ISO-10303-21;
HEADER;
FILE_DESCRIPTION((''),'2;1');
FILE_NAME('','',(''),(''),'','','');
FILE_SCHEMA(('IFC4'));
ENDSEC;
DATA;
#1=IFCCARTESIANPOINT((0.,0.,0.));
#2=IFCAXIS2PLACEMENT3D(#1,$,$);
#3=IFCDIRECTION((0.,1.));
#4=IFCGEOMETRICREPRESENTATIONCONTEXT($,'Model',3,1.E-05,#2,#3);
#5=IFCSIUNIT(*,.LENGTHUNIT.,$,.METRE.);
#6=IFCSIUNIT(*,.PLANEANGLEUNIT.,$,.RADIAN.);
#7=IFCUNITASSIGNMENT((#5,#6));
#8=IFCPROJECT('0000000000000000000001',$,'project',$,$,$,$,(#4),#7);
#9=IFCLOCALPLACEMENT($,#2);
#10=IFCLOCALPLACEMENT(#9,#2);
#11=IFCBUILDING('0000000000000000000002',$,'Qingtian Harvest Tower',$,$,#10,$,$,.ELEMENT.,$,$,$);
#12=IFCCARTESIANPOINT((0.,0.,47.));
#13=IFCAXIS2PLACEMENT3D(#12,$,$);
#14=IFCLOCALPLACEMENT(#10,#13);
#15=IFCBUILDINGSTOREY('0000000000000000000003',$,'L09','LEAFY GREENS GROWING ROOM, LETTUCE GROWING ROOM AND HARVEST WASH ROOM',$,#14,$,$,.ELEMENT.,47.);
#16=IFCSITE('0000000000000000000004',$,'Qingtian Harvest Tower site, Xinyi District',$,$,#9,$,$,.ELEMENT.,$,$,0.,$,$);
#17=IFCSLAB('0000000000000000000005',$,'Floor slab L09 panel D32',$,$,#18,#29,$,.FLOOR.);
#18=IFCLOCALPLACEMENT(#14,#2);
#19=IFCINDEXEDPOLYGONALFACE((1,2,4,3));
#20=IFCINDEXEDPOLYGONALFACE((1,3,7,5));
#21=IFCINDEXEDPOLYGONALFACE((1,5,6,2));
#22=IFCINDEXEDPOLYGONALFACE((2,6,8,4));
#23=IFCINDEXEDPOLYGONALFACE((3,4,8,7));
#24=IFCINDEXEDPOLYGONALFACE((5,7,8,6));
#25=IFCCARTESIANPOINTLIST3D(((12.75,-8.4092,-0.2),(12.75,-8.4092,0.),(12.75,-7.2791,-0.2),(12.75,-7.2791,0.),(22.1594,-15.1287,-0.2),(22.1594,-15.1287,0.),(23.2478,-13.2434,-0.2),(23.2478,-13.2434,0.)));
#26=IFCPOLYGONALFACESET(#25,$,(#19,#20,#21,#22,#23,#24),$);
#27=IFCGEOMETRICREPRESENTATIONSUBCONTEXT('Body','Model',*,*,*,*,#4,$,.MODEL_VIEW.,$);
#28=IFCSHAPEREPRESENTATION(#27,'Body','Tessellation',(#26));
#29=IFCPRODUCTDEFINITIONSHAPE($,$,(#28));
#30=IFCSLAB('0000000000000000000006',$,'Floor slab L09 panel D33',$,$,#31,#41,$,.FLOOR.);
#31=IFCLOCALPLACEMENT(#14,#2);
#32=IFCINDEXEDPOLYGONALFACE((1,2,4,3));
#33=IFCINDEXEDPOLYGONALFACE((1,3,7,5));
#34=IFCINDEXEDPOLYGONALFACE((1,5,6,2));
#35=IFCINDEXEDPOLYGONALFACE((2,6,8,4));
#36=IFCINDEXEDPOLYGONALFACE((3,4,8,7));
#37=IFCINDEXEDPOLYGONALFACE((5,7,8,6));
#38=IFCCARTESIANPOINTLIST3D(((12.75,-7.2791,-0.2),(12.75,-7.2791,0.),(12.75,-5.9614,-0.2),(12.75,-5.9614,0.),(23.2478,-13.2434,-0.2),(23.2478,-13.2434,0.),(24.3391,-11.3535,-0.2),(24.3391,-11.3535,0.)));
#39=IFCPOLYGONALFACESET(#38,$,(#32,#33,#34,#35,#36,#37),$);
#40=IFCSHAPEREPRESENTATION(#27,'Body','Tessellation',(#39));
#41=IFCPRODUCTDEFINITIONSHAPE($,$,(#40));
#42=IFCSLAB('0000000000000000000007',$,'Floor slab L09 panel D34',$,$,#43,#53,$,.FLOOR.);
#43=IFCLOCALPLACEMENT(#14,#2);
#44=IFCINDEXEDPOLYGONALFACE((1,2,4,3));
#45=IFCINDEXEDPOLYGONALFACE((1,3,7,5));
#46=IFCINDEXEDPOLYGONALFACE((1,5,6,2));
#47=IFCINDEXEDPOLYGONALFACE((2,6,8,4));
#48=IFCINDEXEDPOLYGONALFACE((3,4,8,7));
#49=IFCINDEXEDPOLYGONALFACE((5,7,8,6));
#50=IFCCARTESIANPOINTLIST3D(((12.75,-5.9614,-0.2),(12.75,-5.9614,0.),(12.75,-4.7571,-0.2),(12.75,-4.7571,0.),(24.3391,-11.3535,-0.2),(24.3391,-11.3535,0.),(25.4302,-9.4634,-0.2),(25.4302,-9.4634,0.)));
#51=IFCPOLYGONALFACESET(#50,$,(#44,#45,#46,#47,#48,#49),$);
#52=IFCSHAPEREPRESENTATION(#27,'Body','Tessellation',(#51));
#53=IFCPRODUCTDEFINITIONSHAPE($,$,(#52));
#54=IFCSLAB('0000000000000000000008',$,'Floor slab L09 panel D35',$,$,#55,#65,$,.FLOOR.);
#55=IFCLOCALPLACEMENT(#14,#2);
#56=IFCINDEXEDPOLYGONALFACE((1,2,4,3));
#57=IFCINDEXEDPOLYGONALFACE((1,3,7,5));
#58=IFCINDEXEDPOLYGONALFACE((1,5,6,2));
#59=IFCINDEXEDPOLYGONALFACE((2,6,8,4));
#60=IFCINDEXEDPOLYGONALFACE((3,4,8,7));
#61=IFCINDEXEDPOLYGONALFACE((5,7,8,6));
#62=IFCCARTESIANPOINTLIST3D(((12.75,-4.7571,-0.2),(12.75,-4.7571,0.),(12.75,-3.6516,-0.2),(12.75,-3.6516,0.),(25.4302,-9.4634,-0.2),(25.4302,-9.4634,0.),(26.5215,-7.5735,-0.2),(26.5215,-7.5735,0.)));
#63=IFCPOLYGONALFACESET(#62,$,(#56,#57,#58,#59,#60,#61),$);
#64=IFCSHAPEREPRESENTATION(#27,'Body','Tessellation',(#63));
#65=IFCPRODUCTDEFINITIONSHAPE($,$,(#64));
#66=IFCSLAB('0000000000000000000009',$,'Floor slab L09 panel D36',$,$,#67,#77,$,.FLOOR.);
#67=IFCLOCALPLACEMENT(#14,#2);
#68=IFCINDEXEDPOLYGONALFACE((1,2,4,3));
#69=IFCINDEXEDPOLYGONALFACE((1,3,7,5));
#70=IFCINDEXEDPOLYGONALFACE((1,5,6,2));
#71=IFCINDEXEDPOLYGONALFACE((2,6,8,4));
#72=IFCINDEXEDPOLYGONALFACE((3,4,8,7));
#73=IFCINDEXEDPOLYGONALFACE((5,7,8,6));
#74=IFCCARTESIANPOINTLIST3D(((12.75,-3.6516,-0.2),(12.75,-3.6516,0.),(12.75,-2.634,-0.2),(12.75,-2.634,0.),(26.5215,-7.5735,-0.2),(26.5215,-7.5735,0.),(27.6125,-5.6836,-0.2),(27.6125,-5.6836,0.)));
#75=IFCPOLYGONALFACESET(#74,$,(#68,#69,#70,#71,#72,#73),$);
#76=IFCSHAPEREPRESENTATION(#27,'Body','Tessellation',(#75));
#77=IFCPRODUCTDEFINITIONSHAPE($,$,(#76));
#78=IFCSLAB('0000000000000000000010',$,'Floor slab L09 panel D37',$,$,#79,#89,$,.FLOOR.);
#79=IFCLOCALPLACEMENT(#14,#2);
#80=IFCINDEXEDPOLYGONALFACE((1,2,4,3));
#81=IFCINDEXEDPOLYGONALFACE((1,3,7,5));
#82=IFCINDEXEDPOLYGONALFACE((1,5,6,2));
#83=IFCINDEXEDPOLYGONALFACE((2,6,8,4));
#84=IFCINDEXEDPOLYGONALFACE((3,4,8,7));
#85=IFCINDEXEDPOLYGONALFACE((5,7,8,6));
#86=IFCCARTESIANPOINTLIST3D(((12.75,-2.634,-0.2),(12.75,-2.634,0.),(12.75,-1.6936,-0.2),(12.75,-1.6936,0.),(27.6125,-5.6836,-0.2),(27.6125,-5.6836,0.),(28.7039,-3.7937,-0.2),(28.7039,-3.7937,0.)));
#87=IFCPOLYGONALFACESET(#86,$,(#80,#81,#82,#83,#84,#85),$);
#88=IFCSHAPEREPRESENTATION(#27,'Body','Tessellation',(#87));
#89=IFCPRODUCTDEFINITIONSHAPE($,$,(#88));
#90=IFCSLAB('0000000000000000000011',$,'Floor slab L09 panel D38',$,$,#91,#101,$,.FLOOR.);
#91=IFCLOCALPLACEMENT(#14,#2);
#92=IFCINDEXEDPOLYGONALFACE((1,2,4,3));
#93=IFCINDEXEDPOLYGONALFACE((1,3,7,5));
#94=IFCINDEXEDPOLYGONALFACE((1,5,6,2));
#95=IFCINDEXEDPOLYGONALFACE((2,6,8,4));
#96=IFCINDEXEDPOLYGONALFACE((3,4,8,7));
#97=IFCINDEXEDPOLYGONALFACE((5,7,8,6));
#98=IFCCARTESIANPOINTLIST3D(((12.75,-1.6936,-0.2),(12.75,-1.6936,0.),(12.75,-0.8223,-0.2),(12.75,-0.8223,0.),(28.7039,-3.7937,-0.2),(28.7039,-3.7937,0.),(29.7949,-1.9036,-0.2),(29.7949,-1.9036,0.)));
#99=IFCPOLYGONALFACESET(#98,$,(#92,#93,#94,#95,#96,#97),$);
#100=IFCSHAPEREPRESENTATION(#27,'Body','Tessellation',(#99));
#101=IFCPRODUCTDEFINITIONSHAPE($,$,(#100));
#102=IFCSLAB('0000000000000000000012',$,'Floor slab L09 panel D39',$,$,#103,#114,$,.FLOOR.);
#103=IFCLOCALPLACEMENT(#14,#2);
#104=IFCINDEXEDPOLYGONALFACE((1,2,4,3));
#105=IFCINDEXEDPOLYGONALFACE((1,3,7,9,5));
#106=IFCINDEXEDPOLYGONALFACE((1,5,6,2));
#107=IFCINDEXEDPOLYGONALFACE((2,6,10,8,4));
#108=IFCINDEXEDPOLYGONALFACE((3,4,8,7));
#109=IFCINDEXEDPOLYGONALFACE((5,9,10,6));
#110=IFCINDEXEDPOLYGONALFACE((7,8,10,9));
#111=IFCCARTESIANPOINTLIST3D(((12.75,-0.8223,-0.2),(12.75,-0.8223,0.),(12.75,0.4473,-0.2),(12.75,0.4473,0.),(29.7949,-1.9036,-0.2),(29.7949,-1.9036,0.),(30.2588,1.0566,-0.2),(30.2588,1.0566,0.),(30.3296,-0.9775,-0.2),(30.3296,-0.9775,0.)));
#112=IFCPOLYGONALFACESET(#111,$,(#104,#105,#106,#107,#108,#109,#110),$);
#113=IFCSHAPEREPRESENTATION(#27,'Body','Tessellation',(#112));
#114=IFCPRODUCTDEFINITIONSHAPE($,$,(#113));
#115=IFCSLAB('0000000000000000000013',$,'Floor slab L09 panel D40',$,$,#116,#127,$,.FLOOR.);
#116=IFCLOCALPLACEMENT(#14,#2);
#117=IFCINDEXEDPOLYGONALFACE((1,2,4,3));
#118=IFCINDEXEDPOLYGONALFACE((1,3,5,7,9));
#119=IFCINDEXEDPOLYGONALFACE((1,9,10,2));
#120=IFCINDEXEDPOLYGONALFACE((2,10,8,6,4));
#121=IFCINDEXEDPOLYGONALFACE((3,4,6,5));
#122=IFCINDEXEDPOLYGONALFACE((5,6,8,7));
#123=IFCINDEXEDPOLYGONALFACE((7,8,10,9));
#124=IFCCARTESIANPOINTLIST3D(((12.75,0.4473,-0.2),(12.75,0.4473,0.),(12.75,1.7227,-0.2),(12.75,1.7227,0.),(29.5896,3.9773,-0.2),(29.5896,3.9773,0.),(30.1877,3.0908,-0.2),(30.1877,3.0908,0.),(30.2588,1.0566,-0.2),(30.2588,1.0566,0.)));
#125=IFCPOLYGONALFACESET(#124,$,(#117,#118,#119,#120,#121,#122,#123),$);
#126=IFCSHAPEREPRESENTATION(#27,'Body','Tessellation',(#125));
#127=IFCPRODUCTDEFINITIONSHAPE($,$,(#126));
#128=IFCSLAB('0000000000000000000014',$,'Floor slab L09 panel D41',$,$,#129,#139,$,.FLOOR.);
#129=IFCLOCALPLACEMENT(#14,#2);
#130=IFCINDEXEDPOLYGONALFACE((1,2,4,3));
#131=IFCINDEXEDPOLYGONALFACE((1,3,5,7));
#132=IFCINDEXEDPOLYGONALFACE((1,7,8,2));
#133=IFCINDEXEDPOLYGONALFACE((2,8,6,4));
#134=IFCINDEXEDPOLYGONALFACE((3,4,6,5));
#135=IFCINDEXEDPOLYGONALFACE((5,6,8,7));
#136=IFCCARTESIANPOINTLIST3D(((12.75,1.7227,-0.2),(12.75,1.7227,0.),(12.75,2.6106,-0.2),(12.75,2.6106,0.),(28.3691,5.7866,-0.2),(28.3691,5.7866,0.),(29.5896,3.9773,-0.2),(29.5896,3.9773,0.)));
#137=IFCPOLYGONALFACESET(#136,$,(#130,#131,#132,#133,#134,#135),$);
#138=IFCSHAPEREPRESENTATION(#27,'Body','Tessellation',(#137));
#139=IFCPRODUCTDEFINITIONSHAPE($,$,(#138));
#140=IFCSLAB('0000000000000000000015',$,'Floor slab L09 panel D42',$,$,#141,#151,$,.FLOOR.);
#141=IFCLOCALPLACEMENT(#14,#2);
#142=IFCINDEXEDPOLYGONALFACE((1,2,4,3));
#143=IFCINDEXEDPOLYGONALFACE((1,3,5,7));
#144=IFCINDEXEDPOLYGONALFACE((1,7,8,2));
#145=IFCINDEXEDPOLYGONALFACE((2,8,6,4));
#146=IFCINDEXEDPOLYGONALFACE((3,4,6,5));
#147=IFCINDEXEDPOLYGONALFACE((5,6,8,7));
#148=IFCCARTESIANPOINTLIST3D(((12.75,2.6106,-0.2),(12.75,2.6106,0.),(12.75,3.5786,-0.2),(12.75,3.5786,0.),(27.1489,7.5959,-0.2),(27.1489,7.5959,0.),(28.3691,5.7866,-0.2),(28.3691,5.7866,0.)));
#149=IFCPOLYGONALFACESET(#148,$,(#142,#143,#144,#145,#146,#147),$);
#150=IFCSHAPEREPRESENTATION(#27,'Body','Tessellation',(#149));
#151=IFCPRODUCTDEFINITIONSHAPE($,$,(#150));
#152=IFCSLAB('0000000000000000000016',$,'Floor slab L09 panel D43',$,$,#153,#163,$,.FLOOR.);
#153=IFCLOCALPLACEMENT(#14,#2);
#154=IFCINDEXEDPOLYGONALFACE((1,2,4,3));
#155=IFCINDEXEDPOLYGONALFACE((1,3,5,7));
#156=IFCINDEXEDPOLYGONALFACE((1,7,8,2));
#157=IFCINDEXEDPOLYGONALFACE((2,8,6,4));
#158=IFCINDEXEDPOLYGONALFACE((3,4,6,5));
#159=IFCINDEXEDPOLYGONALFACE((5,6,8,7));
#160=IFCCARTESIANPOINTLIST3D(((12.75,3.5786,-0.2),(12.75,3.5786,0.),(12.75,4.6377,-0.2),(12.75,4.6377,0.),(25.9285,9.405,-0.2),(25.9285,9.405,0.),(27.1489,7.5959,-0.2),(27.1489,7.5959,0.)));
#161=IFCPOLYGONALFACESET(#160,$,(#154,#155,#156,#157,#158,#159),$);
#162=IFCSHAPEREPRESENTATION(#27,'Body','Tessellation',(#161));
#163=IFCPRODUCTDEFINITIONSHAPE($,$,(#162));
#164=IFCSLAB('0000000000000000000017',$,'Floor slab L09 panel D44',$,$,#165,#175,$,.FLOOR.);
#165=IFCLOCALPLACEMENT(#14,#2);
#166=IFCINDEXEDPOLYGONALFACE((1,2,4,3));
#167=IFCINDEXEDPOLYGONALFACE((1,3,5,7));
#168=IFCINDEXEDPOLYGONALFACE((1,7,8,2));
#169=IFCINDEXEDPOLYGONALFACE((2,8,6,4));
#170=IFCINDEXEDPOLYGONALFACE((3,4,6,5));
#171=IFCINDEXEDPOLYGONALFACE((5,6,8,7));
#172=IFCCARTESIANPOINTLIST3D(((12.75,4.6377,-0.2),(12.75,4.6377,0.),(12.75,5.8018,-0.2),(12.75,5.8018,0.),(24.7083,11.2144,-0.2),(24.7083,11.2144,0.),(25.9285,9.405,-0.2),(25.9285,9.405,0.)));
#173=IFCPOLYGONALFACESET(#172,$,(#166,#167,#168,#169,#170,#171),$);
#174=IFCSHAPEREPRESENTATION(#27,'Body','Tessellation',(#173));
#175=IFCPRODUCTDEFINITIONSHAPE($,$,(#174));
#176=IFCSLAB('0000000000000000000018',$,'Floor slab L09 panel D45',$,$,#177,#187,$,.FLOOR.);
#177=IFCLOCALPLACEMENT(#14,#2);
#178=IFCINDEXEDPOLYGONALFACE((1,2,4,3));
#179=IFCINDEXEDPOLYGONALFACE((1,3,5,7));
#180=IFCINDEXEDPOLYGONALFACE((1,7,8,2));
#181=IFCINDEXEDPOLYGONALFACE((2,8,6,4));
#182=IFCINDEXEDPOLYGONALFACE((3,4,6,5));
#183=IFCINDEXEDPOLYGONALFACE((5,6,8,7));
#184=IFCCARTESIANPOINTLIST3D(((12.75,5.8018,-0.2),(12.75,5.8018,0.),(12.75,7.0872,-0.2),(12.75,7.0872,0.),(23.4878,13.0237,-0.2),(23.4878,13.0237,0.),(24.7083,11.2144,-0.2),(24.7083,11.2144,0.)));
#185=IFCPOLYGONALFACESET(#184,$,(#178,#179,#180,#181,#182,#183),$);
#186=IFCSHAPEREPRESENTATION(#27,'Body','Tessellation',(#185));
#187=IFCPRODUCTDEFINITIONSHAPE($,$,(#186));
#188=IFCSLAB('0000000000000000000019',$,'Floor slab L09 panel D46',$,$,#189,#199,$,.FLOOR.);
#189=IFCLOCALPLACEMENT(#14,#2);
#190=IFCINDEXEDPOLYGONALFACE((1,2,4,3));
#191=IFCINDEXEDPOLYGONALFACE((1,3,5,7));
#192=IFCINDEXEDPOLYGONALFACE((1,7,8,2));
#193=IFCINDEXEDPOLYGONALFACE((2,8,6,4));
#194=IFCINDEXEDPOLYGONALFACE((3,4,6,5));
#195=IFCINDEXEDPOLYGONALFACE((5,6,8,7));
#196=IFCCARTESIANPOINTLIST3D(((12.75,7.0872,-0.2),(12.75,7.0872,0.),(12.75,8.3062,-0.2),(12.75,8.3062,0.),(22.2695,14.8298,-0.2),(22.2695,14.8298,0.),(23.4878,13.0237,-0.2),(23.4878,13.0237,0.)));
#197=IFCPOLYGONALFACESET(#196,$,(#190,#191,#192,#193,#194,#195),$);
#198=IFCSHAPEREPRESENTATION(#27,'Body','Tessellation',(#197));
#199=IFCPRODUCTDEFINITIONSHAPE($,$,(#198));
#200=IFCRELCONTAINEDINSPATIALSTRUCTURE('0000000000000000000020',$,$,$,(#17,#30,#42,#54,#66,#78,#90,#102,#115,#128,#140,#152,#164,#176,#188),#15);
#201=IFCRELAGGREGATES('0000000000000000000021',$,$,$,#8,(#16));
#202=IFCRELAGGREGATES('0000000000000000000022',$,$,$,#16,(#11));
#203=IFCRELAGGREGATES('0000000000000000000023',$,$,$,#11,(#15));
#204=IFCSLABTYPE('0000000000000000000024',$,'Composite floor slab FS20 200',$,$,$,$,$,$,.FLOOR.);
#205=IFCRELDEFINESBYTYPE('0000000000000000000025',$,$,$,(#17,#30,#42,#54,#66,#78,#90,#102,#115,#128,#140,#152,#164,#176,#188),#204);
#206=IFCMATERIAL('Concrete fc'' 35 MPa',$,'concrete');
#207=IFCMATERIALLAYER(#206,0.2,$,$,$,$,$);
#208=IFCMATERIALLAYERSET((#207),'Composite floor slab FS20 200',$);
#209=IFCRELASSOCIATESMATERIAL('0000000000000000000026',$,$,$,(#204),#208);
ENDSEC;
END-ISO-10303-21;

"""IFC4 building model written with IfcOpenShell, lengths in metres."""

from ifc_helpers import new_model, si_unit, direction, frame, origin, place, context, subcontext, project, spatial, polyline, outline, extrude, material, layer, layer_set, type_object, element, save


model = new_model("IFC4")

# Units and contexts
model_context = context("Model", 3, precision=1e-05, world=origin(), true_north=direction((0.0, 1.0)))
body_context = subcontext(model_context, "Body", "Model", "MODEL_VIEW")
ifc_project = project(units=[si_unit("LENGTHUNIT", "METRE"), si_unit("PLANEANGLEUNIT", "RADIAN")], contexts=[model_context])

# Site, building, storey
site_placement = place(None, origin())
site = spatial("IfcSite", under=ifc_project, at=site_placement, Name="Qingtian Harvest Tower site, Xinyi District", CompositionType="ELEMENT", RefElevation=0.0)
building_placement = place(site_placement, origin())
building = spatial("IfcBuilding", under=site, at=building_placement, Name="Qingtian Harvest Tower", CompositionType="ELEMENT")
storey_placement = place(building_placement, frame((0.0, 0.0, 47.0)))
storey = spatial("IfcBuildingStorey", under=building, at=storey_placement, Name="L09", Description="LEAFY GREENS GROWING ROOM, LETTUCE GROWING ROOM AND HARVEST WASH ROOM", CompositionType="ELEMENT", Elevation=47.0)

# Slabs
ifc_material_1 = material(Name="Concrete fc' 35 MPa", Category="concrete")
ifc_layer_1 = layer(ifc_material_1, 0.2)
ifc_layer_set_1 = layer_set([ifc_layer_1], Name="Composite floor slab FS20 200")
slab_type = type_object("IfcSlabType", Name="Composite floor slab FS20 200", PredefinedType="FLOOR", material=ifc_layer_set_1)
slab_1_placement = place(storey_placement, frame((0.0, 0.0, -0.2)))
element("IfcSlab", 1, at=slab_1_placement, inside=storey, type_object=slab_type, Name="Floor slab L09 panel D32", PredefinedType="FLOOR", context=body_context, shape_type="SweptSolid", body=[
    extrude(outline(polyline([(12.75, -7.2791), (23.2478, -13.2434), (22.1594, -15.1287), (12.75, -8.4092), (12.75, -7.2791)])), origin(), (0.0, 0.0, 1.0), 0.2),
])
slab_2_placement = place(storey_placement, frame((0.0, 0.0, -0.2)))
element("IfcSlab", 2, at=slab_2_placement, inside=storey, type_object=slab_type, Name="Floor slab L09 panel D33", PredefinedType="FLOOR", context=body_context, shape_type="SweptSolid", body=[
    extrude(outline(polyline([(12.75, -5.9614), (24.3391, -11.3535), (23.2478, -13.2434), (12.75, -7.2791), (12.75, -5.9614)])), origin(), (0.0, 0.0, 1.0), 0.2),
])
slab_3_placement = place(storey_placement, frame((0.0, 0.0, -0.2)))
element("IfcSlab", 3, at=slab_3_placement, inside=storey, type_object=slab_type, Name="Floor slab L09 panel D34", PredefinedType="FLOOR", context=body_context, shape_type="SweptSolid", body=[
    extrude(outline(polyline([(12.75, -4.7571), (25.4302, -9.4634), (24.3391, -11.3535), (12.75, -5.9614), (12.75, -4.7571)])), origin(), (0.0, 0.0, 1.0), 0.2),
])
slab_4_placement = place(storey_placement, frame((0.0, 0.0, -0.2)))
element("IfcSlab", 4, at=slab_4_placement, inside=storey, type_object=slab_type, Name="Floor slab L09 panel D35", PredefinedType="FLOOR", context=body_context, shape_type="SweptSolid", body=[
    extrude(outline(polyline([(12.75, -3.6516), (26.5215, -7.5735), (25.4302, -9.4634), (12.75, -4.7571), (12.75, -3.6516)])), origin(), (0.0, 0.0, 1.0), 0.2),
])
slab_5_placement = place(storey_placement, frame((0.0, 0.0, -0.2)))
element("IfcSlab", 5, at=slab_5_placement, inside=storey, type_object=slab_type, Name="Floor slab L09 panel D36", PredefinedType="FLOOR", context=body_context, shape_type="SweptSolid", body=[
    extrude(outline(polyline([(12.75, -2.634), (27.6125, -5.6836), (26.5215, -7.5735), (12.75, -3.6516), (12.75, -2.634)])), origin(), (0.0, 0.0, 1.0), 0.2),
])
slab_6_placement = place(storey_placement, frame((0.0, 0.0, -0.2)))
element("IfcSlab", 6, at=slab_6_placement, inside=storey, type_object=slab_type, Name="Floor slab L09 panel D37", PredefinedType="FLOOR", context=body_context, shape_type="SweptSolid", body=[
    extrude(outline(polyline([(12.75, -1.6936), (28.7039, -3.7937), (27.6125, -5.6836), (12.75, -2.634), (12.75, -1.6936)])), origin(), (0.0, 0.0, 1.0), 0.2),
])
slab_7_placement = place(storey_placement, frame((0.0, 0.0, -0.2)))
element("IfcSlab", 7, at=slab_7_placement, inside=storey, type_object=slab_type, Name="Floor slab L09 panel D38", PredefinedType="FLOOR", context=body_context, shape_type="SweptSolid", body=[
    extrude(outline(polyline([(12.75, -0.8223), (29.7949, -1.9036), (28.7039, -3.7937), (12.75, -1.6936), (12.75, -0.8223)])), origin(), (0.0, 0.0, 1.0), 0.2),
])
slab_8_placement = place(storey_placement, frame((0.0, 0.0, -0.2)))
element("IfcSlab", 8, at=slab_8_placement, inside=storey, type_object=slab_type, Name="Floor slab L09 panel D39", PredefinedType="FLOOR", context=body_context, shape_type="SweptSolid", body=[
    extrude(outline(polyline([(12.75, -0.8223), (12.75, 0.4473), (30.2588, 1.0566), (30.3296, -0.9775), (29.7949, -1.9036), (12.75, -0.8223)])), origin(), (0.0, 0.0, 1.0), 0.2),
])
slab_9_placement = place(storey_placement, frame((0.0, 0.0, -0.2)))
element("IfcSlab", 9, at=slab_9_placement, inside=storey, type_object=slab_type, Name="Floor slab L09 panel D40", PredefinedType="FLOOR", context=body_context, shape_type="SweptSolid", body=[
    extrude(outline(polyline([(12.75, 0.4473), (12.75, 1.7227), (29.5896, 3.9773), (30.1877, 3.0908), (30.2588, 1.0566), (12.75, 0.4473)])), origin(), (0.0, 0.0, 1.0), 0.2),
])
slab_10_placement = place(storey_placement, frame((0.0, 0.0, -0.2)))
element("IfcSlab", 10, at=slab_10_placement, inside=storey, type_object=slab_type, Name="Floor slab L09 panel D41", PredefinedType="FLOOR", context=body_context, shape_type="SweptSolid", body=[
    extrude(outline(polyline([(12.75, 2.6106), (28.3691, 5.7866), (29.5896, 3.9773), (12.75, 1.7227), (12.75, 2.6106)])), origin(), (0.0, 0.0, 1.0), 0.2),
])
slab_11_placement = place(storey_placement, frame((0.0, 0.0, -0.2)))
element("IfcSlab", 11, at=slab_11_placement, inside=storey, type_object=slab_type, Name="Floor slab L09 panel D42", PredefinedType="FLOOR", context=body_context, shape_type="SweptSolid", body=[
    extrude(outline(polyline([(12.75, 3.5786), (27.1489, 7.5959), (28.3691, 5.7866), (12.75, 2.6106), (12.75, 3.5786)])), origin(), (0.0, 0.0, 1.0), 0.2),
])
slab_12_placement = place(storey_placement, frame((0.0, 0.0, -0.2)))
element("IfcSlab", 12, at=slab_12_placement, inside=storey, type_object=slab_type, Name="Floor slab L09 panel D43", PredefinedType="FLOOR", context=body_context, shape_type="SweptSolid", body=[
    extrude(outline(polyline([(12.75, 4.6377), (25.9285, 9.405), (27.1489, 7.5959), (12.75, 3.5786), (12.75, 4.6377)])), origin(), (0.0, 0.0, 1.0), 0.2),
])
slab_13_placement = place(storey_placement, frame((0.0, 0.0, -0.2)))
element("IfcSlab", 13, at=slab_13_placement, inside=storey, type_object=slab_type, Name="Floor slab L09 panel D44", PredefinedType="FLOOR", context=body_context, shape_type="SweptSolid", body=[
    extrude(outline(polyline([(12.75, 5.8018), (24.7083, 11.2144), (25.9285, 9.405), (12.75, 4.6377), (12.75, 5.8018)])), origin(), (0.0, 0.0, 1.0), 0.2),
])
slab_14_placement = place(storey_placement, frame((0.0, 0.0, -0.2)))
element("IfcSlab", 14, at=slab_14_placement, inside=storey, type_object=slab_type, Name="Floor slab L09 panel D45", PredefinedType="FLOOR", context=body_context, shape_type="SweptSolid", body=[
    extrude(outline(polyline([(12.75, 7.0872), (23.4878, 13.0237), (24.7083, 11.2144), (12.75, 5.8018), (12.75, 7.0872)])), origin(), (0.0, 0.0, 1.0), 0.2),
])
slab_15_placement = place(storey_placement, frame((0.0, 0.0, -0.2)))
element("IfcSlab", 15, at=slab_15_placement, inside=storey, type_object=slab_type, Name="Floor slab L09 panel D46", PredefinedType="FLOOR", context=body_context, shape_type="SweptSolid", body=[
    extrude(outline(polyline([(12.75, 8.3062), (22.2695, 14.8298), (23.4878, 13.0237), (12.75, 7.0872), (12.75, 8.3062)])), origin(), (0.0, 0.0, 1.0), 0.2),
])

save(model, "model.ifc")
